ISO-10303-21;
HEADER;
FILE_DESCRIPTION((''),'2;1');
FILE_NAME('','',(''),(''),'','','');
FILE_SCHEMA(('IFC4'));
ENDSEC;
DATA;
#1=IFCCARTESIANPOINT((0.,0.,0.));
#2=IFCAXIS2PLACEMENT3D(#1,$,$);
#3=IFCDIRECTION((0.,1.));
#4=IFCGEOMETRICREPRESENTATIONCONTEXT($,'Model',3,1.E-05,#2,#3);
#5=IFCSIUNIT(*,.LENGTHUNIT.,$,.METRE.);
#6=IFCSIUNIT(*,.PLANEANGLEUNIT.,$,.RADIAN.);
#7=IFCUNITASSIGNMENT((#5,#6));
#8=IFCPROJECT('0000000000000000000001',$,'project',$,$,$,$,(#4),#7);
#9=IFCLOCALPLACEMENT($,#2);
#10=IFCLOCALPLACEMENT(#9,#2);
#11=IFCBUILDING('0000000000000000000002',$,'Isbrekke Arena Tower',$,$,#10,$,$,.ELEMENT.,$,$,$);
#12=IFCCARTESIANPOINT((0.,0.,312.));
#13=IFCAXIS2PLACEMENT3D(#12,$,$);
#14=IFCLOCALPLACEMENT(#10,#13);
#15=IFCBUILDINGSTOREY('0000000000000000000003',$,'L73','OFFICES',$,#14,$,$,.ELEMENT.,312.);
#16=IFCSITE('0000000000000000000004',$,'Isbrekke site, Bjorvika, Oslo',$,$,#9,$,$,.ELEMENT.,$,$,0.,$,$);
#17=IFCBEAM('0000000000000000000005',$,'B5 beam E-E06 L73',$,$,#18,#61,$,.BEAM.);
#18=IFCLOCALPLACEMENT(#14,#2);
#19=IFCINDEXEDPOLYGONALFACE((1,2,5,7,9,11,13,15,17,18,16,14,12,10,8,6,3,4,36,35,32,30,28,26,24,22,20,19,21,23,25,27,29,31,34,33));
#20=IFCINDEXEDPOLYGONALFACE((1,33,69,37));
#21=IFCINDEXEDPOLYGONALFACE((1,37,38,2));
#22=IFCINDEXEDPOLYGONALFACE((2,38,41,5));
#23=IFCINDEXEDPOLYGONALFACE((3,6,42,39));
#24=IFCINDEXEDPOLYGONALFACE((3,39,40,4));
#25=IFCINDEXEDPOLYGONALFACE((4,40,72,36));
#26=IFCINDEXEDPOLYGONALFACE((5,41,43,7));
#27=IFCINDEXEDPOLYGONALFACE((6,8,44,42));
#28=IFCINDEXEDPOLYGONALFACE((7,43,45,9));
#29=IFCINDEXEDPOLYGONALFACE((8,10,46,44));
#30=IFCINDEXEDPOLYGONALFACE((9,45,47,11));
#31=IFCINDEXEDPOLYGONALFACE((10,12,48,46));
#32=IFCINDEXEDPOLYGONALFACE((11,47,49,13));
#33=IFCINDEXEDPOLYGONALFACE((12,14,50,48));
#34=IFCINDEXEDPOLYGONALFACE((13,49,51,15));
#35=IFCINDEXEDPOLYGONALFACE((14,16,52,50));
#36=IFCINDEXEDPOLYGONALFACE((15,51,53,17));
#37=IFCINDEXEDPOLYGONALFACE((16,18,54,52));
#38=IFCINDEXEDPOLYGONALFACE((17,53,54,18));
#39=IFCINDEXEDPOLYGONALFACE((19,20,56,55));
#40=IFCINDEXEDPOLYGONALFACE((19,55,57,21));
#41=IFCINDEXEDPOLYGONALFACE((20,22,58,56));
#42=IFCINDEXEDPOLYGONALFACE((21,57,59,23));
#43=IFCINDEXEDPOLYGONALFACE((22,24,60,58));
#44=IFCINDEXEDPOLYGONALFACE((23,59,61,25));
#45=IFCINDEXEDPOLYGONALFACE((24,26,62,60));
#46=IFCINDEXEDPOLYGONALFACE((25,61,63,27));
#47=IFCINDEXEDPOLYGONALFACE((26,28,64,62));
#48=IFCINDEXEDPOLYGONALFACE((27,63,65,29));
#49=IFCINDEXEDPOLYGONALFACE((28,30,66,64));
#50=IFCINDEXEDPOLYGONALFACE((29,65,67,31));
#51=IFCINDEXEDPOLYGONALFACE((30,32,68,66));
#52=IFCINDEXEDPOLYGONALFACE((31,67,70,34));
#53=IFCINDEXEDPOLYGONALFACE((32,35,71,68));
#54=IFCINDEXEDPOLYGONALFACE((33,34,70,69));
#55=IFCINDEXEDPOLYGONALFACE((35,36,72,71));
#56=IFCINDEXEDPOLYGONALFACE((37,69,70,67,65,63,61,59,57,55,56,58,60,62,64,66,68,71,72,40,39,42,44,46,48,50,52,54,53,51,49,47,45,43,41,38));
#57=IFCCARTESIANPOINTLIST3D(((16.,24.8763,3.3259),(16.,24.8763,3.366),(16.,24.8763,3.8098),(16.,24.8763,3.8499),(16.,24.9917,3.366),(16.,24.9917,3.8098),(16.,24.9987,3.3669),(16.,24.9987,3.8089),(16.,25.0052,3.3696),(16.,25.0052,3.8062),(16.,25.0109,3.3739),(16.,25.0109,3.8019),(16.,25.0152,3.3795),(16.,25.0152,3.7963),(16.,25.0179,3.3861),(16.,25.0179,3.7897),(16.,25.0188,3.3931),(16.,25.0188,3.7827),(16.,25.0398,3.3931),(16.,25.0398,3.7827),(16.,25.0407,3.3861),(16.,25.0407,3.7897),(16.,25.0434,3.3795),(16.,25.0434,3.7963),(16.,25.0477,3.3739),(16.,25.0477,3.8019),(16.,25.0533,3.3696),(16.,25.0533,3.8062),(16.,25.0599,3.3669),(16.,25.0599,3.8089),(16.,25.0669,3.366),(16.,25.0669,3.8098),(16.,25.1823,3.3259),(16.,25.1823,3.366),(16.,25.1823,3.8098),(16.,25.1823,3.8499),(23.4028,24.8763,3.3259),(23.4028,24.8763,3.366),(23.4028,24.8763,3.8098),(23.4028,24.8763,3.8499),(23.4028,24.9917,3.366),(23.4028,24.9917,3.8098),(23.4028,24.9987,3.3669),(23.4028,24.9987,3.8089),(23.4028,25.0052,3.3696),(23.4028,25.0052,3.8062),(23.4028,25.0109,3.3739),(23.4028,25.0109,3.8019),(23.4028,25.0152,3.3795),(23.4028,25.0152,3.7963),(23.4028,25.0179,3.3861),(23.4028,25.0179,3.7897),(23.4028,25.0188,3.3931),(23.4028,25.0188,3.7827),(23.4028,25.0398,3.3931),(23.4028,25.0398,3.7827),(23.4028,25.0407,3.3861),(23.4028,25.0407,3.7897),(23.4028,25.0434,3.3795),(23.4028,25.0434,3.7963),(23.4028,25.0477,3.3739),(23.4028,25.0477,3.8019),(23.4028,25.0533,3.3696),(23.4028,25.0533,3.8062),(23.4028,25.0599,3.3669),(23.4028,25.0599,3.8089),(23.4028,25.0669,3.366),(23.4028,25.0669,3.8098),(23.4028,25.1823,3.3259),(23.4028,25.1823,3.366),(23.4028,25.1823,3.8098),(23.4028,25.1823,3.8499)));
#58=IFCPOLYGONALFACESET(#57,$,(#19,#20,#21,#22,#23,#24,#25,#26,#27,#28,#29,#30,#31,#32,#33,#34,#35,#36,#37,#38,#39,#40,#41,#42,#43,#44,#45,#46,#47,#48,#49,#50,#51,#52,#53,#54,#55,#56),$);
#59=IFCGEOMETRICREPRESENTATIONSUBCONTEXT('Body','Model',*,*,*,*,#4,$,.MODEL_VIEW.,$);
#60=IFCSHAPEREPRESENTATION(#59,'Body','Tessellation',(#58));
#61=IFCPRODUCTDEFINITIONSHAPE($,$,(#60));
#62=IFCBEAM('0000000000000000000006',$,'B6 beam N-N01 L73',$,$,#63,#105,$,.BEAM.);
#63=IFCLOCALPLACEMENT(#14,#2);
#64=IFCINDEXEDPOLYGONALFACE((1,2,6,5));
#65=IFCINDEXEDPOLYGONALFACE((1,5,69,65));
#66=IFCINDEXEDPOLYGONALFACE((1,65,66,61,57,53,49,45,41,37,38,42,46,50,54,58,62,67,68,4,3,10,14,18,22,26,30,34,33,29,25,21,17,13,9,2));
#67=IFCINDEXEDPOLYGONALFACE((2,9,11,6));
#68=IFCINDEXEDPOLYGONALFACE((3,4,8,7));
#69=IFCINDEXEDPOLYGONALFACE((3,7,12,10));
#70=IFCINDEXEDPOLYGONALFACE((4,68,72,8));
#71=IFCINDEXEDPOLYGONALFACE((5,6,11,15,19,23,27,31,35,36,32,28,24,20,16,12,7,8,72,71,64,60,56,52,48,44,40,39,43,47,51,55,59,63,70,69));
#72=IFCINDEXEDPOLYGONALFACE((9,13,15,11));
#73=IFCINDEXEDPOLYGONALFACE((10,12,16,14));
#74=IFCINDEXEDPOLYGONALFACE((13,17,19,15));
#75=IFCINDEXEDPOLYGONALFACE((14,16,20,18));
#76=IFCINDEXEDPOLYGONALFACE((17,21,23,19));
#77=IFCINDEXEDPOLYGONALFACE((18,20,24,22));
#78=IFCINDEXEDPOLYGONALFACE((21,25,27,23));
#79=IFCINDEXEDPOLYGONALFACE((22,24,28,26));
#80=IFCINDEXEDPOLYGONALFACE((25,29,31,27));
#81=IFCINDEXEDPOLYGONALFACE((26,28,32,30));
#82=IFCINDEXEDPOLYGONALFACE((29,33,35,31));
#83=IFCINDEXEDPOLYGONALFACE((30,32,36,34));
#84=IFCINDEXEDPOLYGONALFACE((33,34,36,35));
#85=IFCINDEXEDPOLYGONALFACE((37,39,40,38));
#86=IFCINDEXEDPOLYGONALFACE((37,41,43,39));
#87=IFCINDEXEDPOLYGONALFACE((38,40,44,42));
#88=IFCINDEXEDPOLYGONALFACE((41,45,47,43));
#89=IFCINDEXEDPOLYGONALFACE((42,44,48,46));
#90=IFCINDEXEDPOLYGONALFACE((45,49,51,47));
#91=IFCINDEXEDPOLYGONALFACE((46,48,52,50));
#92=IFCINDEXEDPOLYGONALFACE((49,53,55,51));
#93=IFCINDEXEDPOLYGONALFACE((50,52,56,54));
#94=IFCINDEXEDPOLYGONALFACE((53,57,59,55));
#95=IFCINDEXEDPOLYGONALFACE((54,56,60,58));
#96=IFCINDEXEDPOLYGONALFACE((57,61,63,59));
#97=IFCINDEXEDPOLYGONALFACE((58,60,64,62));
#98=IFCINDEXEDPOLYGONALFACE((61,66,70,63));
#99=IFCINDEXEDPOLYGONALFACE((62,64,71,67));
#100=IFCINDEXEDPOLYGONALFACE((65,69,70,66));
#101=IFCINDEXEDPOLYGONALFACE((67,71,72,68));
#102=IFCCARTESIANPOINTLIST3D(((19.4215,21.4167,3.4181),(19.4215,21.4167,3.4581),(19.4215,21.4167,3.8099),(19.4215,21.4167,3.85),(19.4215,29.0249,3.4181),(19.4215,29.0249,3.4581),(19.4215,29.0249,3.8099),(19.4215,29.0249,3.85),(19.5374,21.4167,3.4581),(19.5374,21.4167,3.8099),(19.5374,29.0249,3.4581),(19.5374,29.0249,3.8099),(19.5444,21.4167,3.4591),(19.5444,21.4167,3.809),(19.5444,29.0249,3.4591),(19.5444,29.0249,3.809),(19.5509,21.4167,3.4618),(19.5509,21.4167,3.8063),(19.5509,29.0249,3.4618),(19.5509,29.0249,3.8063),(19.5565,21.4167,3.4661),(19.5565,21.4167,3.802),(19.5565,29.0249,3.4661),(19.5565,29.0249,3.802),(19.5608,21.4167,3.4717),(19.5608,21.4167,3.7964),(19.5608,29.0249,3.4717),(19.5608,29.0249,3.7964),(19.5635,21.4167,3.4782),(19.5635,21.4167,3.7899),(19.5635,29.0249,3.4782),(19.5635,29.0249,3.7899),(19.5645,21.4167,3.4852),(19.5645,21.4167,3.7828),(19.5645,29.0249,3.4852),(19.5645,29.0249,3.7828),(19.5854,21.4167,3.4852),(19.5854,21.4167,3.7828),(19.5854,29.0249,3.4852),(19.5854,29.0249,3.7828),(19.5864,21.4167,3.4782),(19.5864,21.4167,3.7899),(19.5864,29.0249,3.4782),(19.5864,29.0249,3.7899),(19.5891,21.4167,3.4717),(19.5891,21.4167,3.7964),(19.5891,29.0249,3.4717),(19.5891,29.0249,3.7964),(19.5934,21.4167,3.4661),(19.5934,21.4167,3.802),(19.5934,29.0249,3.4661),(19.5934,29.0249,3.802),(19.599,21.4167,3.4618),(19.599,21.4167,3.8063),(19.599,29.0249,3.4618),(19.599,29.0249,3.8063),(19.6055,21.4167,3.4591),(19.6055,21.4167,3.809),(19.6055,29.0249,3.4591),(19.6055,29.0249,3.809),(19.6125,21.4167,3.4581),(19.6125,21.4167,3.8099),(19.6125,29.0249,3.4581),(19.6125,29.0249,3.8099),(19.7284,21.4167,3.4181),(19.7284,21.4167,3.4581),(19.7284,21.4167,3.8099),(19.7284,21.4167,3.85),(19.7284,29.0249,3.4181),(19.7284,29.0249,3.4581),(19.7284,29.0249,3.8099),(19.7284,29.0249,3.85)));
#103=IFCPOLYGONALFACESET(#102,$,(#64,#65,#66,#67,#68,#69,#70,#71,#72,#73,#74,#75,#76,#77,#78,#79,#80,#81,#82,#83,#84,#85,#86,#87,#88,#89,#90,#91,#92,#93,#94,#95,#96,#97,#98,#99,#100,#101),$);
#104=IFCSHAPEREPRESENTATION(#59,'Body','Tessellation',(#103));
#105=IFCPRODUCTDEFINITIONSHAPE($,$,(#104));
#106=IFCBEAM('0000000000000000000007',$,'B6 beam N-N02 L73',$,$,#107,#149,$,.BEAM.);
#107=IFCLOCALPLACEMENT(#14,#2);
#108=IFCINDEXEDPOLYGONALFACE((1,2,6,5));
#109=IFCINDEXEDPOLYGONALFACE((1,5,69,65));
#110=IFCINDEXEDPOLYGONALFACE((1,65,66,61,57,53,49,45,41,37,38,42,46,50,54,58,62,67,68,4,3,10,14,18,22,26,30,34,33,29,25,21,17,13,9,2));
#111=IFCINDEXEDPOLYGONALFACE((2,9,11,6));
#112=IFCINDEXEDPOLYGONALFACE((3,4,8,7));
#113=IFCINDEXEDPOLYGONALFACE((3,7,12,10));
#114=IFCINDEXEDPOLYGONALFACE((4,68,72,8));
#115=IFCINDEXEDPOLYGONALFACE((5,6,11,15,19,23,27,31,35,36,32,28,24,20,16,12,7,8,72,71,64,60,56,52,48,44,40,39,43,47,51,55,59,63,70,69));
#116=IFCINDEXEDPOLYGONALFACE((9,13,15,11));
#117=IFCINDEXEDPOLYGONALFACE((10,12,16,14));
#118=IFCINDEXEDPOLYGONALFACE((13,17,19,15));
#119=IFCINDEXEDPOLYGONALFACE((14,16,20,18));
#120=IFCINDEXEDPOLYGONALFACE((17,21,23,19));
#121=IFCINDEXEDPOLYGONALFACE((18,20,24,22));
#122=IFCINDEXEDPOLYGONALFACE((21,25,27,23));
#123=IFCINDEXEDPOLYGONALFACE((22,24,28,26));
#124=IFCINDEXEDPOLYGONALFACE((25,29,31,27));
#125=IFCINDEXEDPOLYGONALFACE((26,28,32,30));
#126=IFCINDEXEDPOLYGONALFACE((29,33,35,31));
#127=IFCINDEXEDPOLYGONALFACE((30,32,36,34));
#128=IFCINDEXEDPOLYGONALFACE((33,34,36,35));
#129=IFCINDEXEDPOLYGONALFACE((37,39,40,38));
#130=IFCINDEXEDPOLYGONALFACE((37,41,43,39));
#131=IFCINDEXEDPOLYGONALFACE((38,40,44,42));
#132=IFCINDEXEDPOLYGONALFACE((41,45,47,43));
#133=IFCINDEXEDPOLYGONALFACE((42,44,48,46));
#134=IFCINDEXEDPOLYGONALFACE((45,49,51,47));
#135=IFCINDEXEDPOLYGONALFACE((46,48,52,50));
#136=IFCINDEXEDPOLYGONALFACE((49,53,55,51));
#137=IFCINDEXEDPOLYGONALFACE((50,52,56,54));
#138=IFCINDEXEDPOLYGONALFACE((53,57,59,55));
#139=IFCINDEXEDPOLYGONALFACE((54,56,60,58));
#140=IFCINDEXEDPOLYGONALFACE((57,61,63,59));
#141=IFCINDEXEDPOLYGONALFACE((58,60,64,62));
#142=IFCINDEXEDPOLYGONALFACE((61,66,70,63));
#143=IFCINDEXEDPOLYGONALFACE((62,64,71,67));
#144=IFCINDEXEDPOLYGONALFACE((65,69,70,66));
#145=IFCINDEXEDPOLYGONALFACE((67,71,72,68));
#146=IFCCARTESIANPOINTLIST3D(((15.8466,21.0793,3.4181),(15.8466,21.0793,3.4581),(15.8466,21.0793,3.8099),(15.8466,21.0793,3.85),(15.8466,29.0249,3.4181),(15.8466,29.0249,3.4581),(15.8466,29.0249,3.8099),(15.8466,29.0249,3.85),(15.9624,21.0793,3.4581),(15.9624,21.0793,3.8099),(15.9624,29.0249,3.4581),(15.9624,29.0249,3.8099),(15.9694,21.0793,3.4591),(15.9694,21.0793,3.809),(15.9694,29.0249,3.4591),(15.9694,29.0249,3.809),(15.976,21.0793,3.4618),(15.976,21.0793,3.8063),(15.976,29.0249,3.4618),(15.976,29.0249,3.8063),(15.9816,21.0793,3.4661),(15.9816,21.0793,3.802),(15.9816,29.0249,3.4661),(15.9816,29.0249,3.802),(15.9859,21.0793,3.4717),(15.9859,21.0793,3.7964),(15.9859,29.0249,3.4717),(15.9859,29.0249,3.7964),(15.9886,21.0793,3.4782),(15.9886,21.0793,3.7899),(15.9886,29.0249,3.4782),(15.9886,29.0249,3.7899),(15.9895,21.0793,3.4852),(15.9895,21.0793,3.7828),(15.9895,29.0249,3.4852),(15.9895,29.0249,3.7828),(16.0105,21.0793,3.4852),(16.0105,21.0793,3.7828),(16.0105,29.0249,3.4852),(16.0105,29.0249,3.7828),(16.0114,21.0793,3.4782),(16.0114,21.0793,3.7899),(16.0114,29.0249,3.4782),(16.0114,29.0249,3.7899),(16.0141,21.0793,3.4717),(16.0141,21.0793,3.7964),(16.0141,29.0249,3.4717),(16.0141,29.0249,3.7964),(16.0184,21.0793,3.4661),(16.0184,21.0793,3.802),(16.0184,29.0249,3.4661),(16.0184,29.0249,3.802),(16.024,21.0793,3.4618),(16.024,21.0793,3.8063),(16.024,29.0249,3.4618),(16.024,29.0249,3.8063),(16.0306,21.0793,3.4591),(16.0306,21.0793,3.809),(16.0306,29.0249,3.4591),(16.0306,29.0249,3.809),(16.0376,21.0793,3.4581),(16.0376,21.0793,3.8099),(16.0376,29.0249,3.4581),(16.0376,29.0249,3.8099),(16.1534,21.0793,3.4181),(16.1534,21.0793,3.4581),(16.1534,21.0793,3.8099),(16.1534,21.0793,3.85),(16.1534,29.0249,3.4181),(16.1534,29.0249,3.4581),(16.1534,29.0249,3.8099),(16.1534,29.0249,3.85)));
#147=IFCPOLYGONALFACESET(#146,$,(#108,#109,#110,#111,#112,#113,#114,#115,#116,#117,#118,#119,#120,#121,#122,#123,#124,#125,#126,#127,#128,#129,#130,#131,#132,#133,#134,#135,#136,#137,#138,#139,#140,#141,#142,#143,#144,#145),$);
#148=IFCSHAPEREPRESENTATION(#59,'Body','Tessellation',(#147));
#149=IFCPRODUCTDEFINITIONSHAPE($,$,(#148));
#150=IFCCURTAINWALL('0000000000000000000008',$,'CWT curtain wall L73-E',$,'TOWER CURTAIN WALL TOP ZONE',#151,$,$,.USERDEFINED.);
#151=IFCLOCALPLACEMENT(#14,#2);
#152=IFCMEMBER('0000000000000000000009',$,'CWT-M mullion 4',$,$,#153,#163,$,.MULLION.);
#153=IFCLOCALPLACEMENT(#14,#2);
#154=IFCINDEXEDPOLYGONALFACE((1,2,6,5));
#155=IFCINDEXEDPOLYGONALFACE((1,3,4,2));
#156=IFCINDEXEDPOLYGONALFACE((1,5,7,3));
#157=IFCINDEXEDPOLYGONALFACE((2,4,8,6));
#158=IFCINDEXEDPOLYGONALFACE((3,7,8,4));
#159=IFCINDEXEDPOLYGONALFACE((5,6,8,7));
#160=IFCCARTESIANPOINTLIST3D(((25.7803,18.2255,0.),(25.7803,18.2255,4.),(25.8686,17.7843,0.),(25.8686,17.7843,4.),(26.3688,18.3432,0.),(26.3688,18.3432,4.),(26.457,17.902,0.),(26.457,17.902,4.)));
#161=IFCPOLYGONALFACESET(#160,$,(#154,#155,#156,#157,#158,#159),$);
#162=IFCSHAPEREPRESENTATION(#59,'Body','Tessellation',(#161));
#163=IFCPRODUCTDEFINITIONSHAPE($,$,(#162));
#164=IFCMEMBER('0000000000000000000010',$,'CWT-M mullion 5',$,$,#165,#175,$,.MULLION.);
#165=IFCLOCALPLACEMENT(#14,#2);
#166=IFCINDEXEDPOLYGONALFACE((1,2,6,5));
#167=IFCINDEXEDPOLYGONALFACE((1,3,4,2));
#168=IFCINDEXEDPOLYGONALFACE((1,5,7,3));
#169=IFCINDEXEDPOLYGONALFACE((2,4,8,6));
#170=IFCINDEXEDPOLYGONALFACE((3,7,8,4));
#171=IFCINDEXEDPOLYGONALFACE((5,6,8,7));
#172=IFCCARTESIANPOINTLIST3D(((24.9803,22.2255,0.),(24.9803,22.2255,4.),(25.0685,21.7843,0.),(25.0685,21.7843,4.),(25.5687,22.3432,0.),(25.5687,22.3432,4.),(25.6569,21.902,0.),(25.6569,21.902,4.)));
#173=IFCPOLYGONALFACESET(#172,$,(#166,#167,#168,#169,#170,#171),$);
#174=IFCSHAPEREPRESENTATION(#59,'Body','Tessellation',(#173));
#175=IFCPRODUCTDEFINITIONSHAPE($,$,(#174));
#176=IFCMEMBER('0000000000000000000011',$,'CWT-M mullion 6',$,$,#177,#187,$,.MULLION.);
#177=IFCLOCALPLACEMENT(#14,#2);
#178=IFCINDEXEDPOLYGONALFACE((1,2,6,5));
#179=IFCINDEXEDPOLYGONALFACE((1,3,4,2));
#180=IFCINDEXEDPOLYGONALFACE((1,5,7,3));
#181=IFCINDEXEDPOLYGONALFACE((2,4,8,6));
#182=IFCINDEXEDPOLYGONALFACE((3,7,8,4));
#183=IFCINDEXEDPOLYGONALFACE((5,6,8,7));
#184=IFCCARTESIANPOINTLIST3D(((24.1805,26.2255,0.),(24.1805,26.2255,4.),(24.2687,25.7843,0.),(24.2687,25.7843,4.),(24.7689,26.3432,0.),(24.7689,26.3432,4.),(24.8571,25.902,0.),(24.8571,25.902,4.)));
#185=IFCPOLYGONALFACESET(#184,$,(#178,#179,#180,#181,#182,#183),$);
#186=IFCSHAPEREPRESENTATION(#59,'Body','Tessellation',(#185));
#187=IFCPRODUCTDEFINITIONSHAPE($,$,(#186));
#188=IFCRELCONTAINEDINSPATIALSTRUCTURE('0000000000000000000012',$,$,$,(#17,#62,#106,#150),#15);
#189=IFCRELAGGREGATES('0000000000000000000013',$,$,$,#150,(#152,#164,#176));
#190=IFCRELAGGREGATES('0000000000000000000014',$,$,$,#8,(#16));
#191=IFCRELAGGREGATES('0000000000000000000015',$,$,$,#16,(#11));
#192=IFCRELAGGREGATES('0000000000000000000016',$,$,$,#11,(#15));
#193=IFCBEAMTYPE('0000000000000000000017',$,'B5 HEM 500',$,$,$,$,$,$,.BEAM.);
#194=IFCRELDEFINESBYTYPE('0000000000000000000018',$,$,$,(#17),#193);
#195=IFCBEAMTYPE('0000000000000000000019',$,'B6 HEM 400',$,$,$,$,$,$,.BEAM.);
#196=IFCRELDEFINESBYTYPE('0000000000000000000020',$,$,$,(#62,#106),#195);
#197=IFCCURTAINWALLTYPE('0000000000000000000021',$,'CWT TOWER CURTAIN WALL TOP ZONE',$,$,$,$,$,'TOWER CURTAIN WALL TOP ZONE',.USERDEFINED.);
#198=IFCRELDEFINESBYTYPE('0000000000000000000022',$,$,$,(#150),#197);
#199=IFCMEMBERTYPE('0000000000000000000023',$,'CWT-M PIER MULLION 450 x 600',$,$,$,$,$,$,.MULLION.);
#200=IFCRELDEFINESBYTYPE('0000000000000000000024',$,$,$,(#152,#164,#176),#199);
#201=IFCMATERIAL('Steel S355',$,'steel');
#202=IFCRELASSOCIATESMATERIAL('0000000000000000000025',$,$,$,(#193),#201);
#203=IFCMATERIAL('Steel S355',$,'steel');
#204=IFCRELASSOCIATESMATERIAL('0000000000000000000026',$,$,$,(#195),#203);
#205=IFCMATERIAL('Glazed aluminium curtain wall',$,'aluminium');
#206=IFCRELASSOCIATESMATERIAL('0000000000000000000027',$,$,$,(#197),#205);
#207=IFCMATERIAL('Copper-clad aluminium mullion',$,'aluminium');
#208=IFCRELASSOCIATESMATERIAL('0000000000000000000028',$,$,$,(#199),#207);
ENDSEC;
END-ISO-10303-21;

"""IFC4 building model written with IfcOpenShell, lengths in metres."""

from ifc_helpers import new_model, si_unit, direction, frame, origin, origin_2d, place, context, subcontext, project, spatial, rectangle, i_section, extrude, material, material_profile, profile_set, type_object, element, aggregate, save


model = new_model("IFC4")

# Units and contexts
model_context = context("Model", 3, precision=1e-05, world=origin(), true_north=direction((0.0, 1.0)))
body_context = subcontext(model_context, "Body", "Model", "MODEL_VIEW")
ifc_project = project(units=[si_unit("LENGTHUNIT", "METRE"), si_unit("PLANEANGLEUNIT", "RADIAN")], contexts=[model_context])

# Site, building, storey
site_placement = place(None, origin())
site = spatial("IfcSite", under=ifc_project, at=site_placement, Name="Isbrekke site, Bjorvika, Oslo", CompositionType="ELEMENT", RefElevation=0.0)
building_placement = place(site_placement, origin())
building = spatial("IfcBuilding", under=site, at=building_placement, Name="Isbrekke Arena Tower", CompositionType="ELEMENT")
storey_placement = place(building_placement, frame((0.0, 0.0, 312.0)))
storey = spatial("IfcBuildingStorey", under=building, at=storey_placement, Name="L73", Description="OFFICES", CompositionType="ELEMENT", Elevation=312.0)

# Beams
ifc_material_1 = material(Name="Steel S355", Category="steel")
ifc_material_profile_1 = material_profile(ifc_material_1, i_section(OverallWidth=0.3059, OverallDepth=0.5239, WebThickness=0.021, FlangeThickness=0.04, FilletRadius=0.0271, at=origin_2d()), Name="HEM 500")
ifc_profile_set_1 = profile_set([ifc_material_profile_1], Name="Steel S355")
beam_type_1 = type_object("IfcBeamType", Name="B5 HEM 500", PredefinedType="BEAM", material=ifc_profile_set_1)
beam_1_placement = place(storey_placement, frame((23.4028, 25.0293, 3.5879), z_axis=(-1.0, 0.0, 0.0), x_axis=(0.0, -1.0, 0.0)))
element("IfcBeam", 1, at=beam_1_placement, inside=storey, type_object=beam_type_1, Name="B5 beam E-E06 L73", PredefinedType="BEAM", context=body_context, shape_type="SweptSolid", body=[
    extrude(i_section(OverallWidth=0.3059, OverallDepth=0.5239, WebThickness=0.021, FlangeThickness=0.04, FilletRadius=0.0271, at=origin_2d()), origin(), (0.0, 0.0, 1.0), 7.4028),
])
ifc_material_2 = material(Name="Steel S355", Category="steel")
ifc_material_profile_2 = material_profile(ifc_material_2, i_section(OverallWidth=0.3069, OverallDepth=0.4319, WebThickness=0.021, FlangeThickness=0.04, FilletRadius=0.0271, at=origin_2d()), Name="HEM 400")
ifc_profile_set_2 = profile_set([ifc_material_profile_2], Name="Steel S355")
beam_type_2 = type_object("IfcBeamType", Name="B6 HEM 400", PredefinedType="BEAM", material=ifc_profile_set_2)
beam_2_placement = place(storey_placement, frame((19.575, 29.0249, 3.634), z_axis=(0.0, -1.0, 0.0), x_axis=(1.0, 0.0, 0.0)))
element("IfcBeam", 2, at=beam_2_placement, inside=storey, type_object=beam_type_2, Name="B6 beam N-N01 L73", PredefinedType="BEAM", context=body_context, shape_type="SweptSolid", body=[
    extrude(i_section(OverallWidth=0.3069, OverallDepth=0.4319, WebThickness=0.021, FlangeThickness=0.04, FilletRadius=0.0271, at=origin_2d()), origin(), (0.0, 0.0, 1.0), 7.6082),
])
beam_3_placement = place(storey_placement, frame((16.0, 29.0249, 3.634), z_axis=(0.0, -1.0, 0.0), x_axis=(1.0, 0.0, 0.0)))
element("IfcBeam", 3, at=beam_3_placement, inside=storey, type_object=beam_type_2, Name="B6 beam N-N02 L73", PredefinedType="BEAM", context=body_context, shape_type="SweptSolid", body=[
    extrude(i_section(OverallWidth=0.3069, OverallDepth=0.4319, WebThickness=0.021, FlangeThickness=0.04, FilletRadius=0.0271, at=origin_2d()), origin(), (0.0, 0.0, 1.0), 7.9456),
])

# Curtain wall, members
ifc_material_3 = material(Name="Glazed aluminium curtain wall", Category="aluminium")
curtain_wall_type = type_object("IfcCurtainWallType", Name="CWT TOWER CURTAIN WALL TOP ZONE", ElementType="TOWER CURTAIN WALL TOP ZONE", PredefinedType="USERDEFINED", material=ifc_material_3)
curtain_wall_1_placement = place(storey_placement, origin())
curtain_wall_1 = element("IfcCurtainWall", 4, at=curtain_wall_1_placement, inside=storey, type_object=curtain_wall_type, Name="CWT curtain wall L73-E", ObjectType="TOWER CURTAIN WALL TOP ZONE", PredefinedType="USERDEFINED")
ifc_material_4 = material(Name="Copper-clad aluminium mullion", Category="aluminium")
ifc_material_profile_3 = material_profile(ifc_material_4, rectangle(XDim=0.45, YDim=0.6001, at=origin_2d()), Name="PIER 450X600")
ifc_profile_set_3 = profile_set([ifc_material_profile_3], Name="Copper-clad aluminium mullion")
member_type_1 = type_object("IfcMemberType", Name="CWT-M PIER MULLION 450 x 600", PredefinedType="MULLION", material=ifc_profile_set_3)
member_1_placement = place(storey_placement, frame((26.1187, 18.0637, 0.0), z_axis=(0.0, 0.0, 1.0), x_axis=(-0.196116, 0.980581, 0.0)))
member_1 = element("IfcMember", 5, at=member_1_placement, type_object=member_type_1, Name="CWT-M mullion 4", PredefinedType="MULLION", context=body_context, shape_type="SweptSolid", body=[
    extrude(rectangle(XDim=0.45, YDim=0.6001, at=origin_2d()), origin(), (0.0, 0.0, 1.0), 4.0),
])
member_2_placement = place(storey_placement, frame((25.3186, 22.0637, 0.0), z_axis=(0.0, 0.0, 1.0), x_axis=(-0.196116, 0.980581, 0.0)))
member_2 = element("IfcMember", 6, at=member_2_placement, type_object=member_type_1, Name="CWT-M mullion 5", PredefinedType="MULLION", context=body_context, shape_type="SweptSolid", body=[
    extrude(rectangle(XDim=0.45, YDim=0.6001, at=origin_2d()), origin(), (0.0, 0.0, 1.0), 4.0),
])
member_3_placement = place(storey_placement, frame((24.5188, 26.0637, 0.0), z_axis=(0.0, 0.0, 1.0), x_axis=(-0.196116, 0.980581, 0.0)))
member_3 = element("IfcMember", 7, at=member_3_placement, type_object=member_type_1, Name="CWT-M mullion 6", PredefinedType="MULLION", context=body_context, shape_type="SweptSolid", body=[
    extrude(rectangle(XDim=0.45, YDim=0.6001, at=origin_2d()), origin(), (0.0, 0.0, 1.0), 4.0),
])

aggregate(curtain_wall_1, [member_1, member_2, member_3])

save(model, "model.ifc")
